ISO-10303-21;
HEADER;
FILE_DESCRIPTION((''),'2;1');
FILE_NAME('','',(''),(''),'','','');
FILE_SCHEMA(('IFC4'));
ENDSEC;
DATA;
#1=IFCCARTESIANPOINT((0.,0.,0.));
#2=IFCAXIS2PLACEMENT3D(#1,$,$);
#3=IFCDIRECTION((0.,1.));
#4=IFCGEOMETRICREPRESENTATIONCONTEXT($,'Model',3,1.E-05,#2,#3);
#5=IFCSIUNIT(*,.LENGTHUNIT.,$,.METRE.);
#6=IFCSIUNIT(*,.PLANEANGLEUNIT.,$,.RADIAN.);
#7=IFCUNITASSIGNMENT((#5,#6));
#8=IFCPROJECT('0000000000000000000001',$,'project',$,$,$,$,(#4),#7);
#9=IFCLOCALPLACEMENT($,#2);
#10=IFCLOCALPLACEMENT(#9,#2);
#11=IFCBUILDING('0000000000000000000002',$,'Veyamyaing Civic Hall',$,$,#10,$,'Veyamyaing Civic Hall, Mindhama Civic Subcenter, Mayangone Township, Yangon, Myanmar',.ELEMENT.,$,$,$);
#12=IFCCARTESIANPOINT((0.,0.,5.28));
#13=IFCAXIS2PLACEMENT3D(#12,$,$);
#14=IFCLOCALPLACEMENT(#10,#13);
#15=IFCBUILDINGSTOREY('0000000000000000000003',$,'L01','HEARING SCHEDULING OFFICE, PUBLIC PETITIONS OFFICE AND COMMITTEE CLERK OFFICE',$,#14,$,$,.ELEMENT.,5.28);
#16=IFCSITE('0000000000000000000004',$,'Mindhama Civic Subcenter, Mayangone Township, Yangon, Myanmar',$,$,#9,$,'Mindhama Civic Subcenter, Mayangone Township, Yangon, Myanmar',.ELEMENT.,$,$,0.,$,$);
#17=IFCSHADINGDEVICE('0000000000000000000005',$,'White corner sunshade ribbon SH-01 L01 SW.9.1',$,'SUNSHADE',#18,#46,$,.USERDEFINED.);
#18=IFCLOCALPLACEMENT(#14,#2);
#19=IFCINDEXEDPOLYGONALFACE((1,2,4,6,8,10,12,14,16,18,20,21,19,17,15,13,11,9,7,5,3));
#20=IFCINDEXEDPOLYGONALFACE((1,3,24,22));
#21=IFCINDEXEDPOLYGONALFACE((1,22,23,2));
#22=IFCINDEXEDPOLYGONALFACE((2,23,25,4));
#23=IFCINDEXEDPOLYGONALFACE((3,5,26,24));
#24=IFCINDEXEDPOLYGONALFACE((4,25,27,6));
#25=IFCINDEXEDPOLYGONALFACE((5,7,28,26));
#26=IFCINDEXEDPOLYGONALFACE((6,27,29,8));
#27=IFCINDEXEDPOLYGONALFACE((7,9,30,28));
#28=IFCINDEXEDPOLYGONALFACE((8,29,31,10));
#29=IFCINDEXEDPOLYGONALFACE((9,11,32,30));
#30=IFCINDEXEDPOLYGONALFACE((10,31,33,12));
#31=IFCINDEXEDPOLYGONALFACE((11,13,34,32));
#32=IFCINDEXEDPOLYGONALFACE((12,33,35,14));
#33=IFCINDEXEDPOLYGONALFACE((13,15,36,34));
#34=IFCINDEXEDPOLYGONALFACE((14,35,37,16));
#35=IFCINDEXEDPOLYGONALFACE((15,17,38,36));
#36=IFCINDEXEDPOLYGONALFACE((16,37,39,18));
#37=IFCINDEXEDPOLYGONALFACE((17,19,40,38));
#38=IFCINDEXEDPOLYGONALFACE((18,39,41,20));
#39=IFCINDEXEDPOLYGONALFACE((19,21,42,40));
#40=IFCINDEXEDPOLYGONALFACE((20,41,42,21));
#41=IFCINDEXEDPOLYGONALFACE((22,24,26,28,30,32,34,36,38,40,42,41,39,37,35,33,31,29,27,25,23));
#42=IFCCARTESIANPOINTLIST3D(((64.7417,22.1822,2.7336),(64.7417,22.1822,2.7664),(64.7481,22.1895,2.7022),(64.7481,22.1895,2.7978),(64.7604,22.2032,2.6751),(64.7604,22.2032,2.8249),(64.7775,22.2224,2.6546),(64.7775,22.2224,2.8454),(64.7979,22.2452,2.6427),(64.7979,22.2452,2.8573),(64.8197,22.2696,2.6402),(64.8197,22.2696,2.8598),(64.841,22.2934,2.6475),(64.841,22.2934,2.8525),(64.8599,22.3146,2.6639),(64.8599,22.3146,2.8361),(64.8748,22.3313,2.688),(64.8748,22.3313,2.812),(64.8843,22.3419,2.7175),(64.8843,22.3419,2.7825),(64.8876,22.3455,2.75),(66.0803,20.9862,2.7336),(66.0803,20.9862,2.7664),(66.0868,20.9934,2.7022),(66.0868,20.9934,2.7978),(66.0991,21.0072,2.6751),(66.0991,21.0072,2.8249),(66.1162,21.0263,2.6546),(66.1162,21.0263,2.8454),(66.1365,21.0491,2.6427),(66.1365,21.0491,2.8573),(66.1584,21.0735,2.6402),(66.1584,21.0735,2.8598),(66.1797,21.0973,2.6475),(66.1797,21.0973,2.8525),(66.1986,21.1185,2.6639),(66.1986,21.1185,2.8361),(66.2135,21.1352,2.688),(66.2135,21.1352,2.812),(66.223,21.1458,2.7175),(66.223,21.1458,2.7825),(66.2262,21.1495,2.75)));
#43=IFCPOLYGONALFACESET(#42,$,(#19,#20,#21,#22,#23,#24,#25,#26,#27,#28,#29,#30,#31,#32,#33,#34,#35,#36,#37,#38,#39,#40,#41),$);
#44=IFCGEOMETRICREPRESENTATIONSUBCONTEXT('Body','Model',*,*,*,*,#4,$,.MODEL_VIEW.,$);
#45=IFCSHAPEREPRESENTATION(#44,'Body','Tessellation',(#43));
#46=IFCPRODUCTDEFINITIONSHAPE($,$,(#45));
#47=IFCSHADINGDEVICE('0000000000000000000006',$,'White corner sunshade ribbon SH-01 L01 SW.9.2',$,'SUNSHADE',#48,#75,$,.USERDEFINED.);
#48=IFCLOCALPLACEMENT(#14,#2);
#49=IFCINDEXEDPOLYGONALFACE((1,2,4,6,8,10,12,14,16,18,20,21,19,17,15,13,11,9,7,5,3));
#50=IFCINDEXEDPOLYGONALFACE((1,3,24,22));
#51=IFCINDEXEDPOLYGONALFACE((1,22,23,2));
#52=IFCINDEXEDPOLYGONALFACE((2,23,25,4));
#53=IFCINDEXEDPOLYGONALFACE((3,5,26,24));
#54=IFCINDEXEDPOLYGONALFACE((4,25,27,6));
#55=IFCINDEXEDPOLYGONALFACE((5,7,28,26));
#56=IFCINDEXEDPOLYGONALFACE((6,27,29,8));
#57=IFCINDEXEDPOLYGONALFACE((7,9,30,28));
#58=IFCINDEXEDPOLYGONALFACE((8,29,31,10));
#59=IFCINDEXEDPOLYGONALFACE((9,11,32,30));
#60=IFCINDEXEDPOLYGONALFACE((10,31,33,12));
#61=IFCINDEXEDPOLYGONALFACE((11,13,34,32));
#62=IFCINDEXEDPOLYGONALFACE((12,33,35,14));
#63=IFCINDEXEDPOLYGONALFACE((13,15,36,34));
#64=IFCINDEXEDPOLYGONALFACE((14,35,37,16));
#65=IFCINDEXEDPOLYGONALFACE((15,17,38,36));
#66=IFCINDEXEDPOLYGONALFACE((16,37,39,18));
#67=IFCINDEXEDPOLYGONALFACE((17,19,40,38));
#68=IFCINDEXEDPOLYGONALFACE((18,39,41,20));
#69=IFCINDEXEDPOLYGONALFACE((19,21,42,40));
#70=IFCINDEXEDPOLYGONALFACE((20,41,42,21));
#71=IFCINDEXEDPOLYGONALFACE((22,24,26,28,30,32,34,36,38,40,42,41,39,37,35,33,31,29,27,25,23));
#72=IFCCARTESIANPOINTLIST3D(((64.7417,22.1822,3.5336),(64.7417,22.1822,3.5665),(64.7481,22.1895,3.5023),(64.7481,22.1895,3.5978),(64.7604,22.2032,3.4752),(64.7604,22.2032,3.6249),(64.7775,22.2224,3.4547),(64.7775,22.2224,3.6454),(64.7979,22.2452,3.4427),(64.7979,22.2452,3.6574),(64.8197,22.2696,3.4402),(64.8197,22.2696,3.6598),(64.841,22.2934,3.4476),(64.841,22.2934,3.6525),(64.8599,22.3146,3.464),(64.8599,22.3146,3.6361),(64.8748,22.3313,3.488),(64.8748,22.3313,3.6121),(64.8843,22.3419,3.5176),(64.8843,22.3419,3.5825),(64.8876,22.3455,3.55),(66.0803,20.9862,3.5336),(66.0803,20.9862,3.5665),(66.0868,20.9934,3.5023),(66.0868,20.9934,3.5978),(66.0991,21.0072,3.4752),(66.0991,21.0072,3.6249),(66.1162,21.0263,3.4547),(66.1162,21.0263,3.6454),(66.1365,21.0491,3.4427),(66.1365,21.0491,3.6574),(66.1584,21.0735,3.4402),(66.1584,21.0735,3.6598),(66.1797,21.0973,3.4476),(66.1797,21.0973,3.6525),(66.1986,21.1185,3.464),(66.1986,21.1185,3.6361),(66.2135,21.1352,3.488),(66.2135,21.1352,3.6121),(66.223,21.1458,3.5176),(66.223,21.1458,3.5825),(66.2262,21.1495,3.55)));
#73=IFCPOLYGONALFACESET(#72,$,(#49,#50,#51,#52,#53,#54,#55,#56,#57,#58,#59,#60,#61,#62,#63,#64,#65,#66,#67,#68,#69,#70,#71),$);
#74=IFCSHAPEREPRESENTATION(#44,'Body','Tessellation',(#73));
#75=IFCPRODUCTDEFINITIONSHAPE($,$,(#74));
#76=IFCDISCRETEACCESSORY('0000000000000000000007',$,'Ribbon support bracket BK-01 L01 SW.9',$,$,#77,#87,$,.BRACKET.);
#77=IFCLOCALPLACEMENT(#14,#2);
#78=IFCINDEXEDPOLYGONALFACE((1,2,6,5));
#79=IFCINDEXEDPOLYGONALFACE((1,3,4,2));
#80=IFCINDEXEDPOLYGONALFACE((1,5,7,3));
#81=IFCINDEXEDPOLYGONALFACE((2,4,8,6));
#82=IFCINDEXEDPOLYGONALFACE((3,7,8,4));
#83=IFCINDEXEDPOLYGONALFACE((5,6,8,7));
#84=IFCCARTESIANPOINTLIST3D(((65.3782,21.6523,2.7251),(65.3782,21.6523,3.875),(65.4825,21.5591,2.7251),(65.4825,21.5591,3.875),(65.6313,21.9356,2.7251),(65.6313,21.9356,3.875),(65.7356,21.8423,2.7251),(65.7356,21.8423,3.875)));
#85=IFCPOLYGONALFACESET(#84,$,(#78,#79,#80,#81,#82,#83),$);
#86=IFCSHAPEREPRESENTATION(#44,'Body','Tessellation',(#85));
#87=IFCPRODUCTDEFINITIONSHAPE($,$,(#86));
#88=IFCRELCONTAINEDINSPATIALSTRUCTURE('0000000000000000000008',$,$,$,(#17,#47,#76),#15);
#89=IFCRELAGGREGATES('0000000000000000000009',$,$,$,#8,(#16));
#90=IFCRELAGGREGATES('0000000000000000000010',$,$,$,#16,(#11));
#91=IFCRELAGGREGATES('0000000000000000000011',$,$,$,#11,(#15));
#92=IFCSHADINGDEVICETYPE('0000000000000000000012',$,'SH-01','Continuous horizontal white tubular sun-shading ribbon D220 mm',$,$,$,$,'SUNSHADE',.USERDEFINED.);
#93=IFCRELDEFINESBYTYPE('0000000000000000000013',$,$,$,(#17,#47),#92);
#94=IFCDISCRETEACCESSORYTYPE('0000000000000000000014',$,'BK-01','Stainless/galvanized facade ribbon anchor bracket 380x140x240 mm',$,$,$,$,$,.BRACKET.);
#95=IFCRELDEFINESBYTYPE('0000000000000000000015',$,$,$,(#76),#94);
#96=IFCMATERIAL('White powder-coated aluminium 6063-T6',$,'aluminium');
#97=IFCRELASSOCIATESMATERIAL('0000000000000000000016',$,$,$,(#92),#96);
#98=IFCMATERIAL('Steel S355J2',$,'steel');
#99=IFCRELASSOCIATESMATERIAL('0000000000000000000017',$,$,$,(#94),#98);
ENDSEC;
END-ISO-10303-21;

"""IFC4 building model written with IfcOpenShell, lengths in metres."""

from ifc_helpers import new_model, si_unit, direction, frame, origin, origin_2d, place, context, subcontext, project, spatial, rectangle, circle, extrude, material, material_profile, profile_set, type_object, element, save


model = new_model("IFC4")

# Units and contexts
model_context = context("Model", 3, precision=1e-05, world=origin(), true_north=direction((0.0, 1.0)))
body_context = subcontext(model_context, "Body", "Model", "MODEL_VIEW")
ifc_project = project(units=[si_unit("LENGTHUNIT", "METRE"), si_unit("PLANEANGLEUNIT", "RADIAN")], contexts=[model_context])

# Site, building, storey
site_placement = place(None, origin())
site = spatial("IfcSite", under=ifc_project, at=site_placement, Name="Mindhama Civic Subcenter, Mayangone Township, Yangon, Myanmar", LongName="Mindhama Civic Subcenter, Mayangone Township, Yangon, Myanmar", CompositionType="ELEMENT", RefElevation=0.0)
building_placement = place(site_placement, origin())
building = spatial("IfcBuilding", under=site, at=building_placement, Name="Veyamyaing Civic Hall", LongName="Veyamyaing Civic Hall, Mindhama Civic Subcenter, Mayangone Township, Yangon, Myanmar", CompositionType="ELEMENT")
storey_placement = place(building_placement, frame((0.0, 0.0, 5.28)))
storey = spatial("IfcBuildingStorey", under=building, at=storey_placement, Name="L01", Description="HEARING SCHEDULING OFFICE, PUBLIC PETITIONS OFFICE AND COMMITTEE CLERK OFFICE", CompositionType="ELEMENT", Elevation=5.28)

# Shared definitions
ifc_material_1 = material(Name="White powder-coated aluminium 6063-T6", Category="aluminium")

# Shared definitions
ifc_material_2 = material(Name="Steel S355J2", Category="steel")

# Shading devices
ifc_material_profile_1 = material_profile(ifc_material_1, circle(Radius=0.1101, at=origin_2d()), Name="SHADE-TUBE-220")
ifc_profile_set_1 = profile_set([ifc_material_profile_1], Name="White powder-coated aluminium 6063-T6")
shading_device_type = type_object("IfcShadingDeviceType", Name="SH-01", Description="Continuous horizontal white tubular sun-shading ribbon D220 mm", ElementType="SUNSHADE", PredefinedType="USERDEFINED", material=ifc_profile_set_1)
for number, where, z_axis, x_axis, name in (
    (1, (64.8142, 22.2634, 2.75), (0.745704, -0.666278, 0.0), (0.666278, 0.745704, 0.0), "White corner sunshade ribbon SH-01 L01 SW.9.1"),
    (2, (64.8142, 22.2634, 3.55), (0.745704, -0.666278, 0.0), (0.666278, 0.745704, 0.0), "White corner sunshade ribbon SH-01 L01 SW.9.2"),
):
    element("IfcShadingDevice", number, at=place(storey_placement, frame(where, z_axis=z_axis, x_axis=x_axis)), inside=storey, type_object=shading_device_type, Name=name, ObjectType="SUNSHADE", PredefinedType="USERDEFINED", context=body_context, shape_type="SweptSolid", body=[
        extrude(circle(Radius=0.1101, at=origin_2d()), origin(), (0.0, 0.0, 1.0), 1.7952),
    ])

# Discrete accessory
discrete_accessory_type = type_object("IfcDiscreteAccessoryType", Name="BK-01", Description="Stainless/galvanized facade ribbon anchor bracket 380x140x240 mm", PredefinedType="BRACKET", material=ifc_material_2)
discrete_accessory_placement = place(storey_placement, frame((65.5569, 21.7473, 2.7251), z_axis=(0.0, 0.0, 1.0), x_axis=(-0.666347, -0.745642, 0.0)))
element("IfcDiscreteAccessory", 3, at=discrete_accessory_placement, inside=storey, type_object=discrete_accessory_type, Name="Ribbon support bracket BK-01 L01 SW.9", PredefinedType="BRACKET", context=body_context, shape_type="SweptSolid", body=[
    extrude(rectangle(XDim=0.3799, YDim=0.1399, at=origin_2d()), origin(), (0.0, 0.0, 1.0), 1.1499),
])

save(model, "model.ifc")
